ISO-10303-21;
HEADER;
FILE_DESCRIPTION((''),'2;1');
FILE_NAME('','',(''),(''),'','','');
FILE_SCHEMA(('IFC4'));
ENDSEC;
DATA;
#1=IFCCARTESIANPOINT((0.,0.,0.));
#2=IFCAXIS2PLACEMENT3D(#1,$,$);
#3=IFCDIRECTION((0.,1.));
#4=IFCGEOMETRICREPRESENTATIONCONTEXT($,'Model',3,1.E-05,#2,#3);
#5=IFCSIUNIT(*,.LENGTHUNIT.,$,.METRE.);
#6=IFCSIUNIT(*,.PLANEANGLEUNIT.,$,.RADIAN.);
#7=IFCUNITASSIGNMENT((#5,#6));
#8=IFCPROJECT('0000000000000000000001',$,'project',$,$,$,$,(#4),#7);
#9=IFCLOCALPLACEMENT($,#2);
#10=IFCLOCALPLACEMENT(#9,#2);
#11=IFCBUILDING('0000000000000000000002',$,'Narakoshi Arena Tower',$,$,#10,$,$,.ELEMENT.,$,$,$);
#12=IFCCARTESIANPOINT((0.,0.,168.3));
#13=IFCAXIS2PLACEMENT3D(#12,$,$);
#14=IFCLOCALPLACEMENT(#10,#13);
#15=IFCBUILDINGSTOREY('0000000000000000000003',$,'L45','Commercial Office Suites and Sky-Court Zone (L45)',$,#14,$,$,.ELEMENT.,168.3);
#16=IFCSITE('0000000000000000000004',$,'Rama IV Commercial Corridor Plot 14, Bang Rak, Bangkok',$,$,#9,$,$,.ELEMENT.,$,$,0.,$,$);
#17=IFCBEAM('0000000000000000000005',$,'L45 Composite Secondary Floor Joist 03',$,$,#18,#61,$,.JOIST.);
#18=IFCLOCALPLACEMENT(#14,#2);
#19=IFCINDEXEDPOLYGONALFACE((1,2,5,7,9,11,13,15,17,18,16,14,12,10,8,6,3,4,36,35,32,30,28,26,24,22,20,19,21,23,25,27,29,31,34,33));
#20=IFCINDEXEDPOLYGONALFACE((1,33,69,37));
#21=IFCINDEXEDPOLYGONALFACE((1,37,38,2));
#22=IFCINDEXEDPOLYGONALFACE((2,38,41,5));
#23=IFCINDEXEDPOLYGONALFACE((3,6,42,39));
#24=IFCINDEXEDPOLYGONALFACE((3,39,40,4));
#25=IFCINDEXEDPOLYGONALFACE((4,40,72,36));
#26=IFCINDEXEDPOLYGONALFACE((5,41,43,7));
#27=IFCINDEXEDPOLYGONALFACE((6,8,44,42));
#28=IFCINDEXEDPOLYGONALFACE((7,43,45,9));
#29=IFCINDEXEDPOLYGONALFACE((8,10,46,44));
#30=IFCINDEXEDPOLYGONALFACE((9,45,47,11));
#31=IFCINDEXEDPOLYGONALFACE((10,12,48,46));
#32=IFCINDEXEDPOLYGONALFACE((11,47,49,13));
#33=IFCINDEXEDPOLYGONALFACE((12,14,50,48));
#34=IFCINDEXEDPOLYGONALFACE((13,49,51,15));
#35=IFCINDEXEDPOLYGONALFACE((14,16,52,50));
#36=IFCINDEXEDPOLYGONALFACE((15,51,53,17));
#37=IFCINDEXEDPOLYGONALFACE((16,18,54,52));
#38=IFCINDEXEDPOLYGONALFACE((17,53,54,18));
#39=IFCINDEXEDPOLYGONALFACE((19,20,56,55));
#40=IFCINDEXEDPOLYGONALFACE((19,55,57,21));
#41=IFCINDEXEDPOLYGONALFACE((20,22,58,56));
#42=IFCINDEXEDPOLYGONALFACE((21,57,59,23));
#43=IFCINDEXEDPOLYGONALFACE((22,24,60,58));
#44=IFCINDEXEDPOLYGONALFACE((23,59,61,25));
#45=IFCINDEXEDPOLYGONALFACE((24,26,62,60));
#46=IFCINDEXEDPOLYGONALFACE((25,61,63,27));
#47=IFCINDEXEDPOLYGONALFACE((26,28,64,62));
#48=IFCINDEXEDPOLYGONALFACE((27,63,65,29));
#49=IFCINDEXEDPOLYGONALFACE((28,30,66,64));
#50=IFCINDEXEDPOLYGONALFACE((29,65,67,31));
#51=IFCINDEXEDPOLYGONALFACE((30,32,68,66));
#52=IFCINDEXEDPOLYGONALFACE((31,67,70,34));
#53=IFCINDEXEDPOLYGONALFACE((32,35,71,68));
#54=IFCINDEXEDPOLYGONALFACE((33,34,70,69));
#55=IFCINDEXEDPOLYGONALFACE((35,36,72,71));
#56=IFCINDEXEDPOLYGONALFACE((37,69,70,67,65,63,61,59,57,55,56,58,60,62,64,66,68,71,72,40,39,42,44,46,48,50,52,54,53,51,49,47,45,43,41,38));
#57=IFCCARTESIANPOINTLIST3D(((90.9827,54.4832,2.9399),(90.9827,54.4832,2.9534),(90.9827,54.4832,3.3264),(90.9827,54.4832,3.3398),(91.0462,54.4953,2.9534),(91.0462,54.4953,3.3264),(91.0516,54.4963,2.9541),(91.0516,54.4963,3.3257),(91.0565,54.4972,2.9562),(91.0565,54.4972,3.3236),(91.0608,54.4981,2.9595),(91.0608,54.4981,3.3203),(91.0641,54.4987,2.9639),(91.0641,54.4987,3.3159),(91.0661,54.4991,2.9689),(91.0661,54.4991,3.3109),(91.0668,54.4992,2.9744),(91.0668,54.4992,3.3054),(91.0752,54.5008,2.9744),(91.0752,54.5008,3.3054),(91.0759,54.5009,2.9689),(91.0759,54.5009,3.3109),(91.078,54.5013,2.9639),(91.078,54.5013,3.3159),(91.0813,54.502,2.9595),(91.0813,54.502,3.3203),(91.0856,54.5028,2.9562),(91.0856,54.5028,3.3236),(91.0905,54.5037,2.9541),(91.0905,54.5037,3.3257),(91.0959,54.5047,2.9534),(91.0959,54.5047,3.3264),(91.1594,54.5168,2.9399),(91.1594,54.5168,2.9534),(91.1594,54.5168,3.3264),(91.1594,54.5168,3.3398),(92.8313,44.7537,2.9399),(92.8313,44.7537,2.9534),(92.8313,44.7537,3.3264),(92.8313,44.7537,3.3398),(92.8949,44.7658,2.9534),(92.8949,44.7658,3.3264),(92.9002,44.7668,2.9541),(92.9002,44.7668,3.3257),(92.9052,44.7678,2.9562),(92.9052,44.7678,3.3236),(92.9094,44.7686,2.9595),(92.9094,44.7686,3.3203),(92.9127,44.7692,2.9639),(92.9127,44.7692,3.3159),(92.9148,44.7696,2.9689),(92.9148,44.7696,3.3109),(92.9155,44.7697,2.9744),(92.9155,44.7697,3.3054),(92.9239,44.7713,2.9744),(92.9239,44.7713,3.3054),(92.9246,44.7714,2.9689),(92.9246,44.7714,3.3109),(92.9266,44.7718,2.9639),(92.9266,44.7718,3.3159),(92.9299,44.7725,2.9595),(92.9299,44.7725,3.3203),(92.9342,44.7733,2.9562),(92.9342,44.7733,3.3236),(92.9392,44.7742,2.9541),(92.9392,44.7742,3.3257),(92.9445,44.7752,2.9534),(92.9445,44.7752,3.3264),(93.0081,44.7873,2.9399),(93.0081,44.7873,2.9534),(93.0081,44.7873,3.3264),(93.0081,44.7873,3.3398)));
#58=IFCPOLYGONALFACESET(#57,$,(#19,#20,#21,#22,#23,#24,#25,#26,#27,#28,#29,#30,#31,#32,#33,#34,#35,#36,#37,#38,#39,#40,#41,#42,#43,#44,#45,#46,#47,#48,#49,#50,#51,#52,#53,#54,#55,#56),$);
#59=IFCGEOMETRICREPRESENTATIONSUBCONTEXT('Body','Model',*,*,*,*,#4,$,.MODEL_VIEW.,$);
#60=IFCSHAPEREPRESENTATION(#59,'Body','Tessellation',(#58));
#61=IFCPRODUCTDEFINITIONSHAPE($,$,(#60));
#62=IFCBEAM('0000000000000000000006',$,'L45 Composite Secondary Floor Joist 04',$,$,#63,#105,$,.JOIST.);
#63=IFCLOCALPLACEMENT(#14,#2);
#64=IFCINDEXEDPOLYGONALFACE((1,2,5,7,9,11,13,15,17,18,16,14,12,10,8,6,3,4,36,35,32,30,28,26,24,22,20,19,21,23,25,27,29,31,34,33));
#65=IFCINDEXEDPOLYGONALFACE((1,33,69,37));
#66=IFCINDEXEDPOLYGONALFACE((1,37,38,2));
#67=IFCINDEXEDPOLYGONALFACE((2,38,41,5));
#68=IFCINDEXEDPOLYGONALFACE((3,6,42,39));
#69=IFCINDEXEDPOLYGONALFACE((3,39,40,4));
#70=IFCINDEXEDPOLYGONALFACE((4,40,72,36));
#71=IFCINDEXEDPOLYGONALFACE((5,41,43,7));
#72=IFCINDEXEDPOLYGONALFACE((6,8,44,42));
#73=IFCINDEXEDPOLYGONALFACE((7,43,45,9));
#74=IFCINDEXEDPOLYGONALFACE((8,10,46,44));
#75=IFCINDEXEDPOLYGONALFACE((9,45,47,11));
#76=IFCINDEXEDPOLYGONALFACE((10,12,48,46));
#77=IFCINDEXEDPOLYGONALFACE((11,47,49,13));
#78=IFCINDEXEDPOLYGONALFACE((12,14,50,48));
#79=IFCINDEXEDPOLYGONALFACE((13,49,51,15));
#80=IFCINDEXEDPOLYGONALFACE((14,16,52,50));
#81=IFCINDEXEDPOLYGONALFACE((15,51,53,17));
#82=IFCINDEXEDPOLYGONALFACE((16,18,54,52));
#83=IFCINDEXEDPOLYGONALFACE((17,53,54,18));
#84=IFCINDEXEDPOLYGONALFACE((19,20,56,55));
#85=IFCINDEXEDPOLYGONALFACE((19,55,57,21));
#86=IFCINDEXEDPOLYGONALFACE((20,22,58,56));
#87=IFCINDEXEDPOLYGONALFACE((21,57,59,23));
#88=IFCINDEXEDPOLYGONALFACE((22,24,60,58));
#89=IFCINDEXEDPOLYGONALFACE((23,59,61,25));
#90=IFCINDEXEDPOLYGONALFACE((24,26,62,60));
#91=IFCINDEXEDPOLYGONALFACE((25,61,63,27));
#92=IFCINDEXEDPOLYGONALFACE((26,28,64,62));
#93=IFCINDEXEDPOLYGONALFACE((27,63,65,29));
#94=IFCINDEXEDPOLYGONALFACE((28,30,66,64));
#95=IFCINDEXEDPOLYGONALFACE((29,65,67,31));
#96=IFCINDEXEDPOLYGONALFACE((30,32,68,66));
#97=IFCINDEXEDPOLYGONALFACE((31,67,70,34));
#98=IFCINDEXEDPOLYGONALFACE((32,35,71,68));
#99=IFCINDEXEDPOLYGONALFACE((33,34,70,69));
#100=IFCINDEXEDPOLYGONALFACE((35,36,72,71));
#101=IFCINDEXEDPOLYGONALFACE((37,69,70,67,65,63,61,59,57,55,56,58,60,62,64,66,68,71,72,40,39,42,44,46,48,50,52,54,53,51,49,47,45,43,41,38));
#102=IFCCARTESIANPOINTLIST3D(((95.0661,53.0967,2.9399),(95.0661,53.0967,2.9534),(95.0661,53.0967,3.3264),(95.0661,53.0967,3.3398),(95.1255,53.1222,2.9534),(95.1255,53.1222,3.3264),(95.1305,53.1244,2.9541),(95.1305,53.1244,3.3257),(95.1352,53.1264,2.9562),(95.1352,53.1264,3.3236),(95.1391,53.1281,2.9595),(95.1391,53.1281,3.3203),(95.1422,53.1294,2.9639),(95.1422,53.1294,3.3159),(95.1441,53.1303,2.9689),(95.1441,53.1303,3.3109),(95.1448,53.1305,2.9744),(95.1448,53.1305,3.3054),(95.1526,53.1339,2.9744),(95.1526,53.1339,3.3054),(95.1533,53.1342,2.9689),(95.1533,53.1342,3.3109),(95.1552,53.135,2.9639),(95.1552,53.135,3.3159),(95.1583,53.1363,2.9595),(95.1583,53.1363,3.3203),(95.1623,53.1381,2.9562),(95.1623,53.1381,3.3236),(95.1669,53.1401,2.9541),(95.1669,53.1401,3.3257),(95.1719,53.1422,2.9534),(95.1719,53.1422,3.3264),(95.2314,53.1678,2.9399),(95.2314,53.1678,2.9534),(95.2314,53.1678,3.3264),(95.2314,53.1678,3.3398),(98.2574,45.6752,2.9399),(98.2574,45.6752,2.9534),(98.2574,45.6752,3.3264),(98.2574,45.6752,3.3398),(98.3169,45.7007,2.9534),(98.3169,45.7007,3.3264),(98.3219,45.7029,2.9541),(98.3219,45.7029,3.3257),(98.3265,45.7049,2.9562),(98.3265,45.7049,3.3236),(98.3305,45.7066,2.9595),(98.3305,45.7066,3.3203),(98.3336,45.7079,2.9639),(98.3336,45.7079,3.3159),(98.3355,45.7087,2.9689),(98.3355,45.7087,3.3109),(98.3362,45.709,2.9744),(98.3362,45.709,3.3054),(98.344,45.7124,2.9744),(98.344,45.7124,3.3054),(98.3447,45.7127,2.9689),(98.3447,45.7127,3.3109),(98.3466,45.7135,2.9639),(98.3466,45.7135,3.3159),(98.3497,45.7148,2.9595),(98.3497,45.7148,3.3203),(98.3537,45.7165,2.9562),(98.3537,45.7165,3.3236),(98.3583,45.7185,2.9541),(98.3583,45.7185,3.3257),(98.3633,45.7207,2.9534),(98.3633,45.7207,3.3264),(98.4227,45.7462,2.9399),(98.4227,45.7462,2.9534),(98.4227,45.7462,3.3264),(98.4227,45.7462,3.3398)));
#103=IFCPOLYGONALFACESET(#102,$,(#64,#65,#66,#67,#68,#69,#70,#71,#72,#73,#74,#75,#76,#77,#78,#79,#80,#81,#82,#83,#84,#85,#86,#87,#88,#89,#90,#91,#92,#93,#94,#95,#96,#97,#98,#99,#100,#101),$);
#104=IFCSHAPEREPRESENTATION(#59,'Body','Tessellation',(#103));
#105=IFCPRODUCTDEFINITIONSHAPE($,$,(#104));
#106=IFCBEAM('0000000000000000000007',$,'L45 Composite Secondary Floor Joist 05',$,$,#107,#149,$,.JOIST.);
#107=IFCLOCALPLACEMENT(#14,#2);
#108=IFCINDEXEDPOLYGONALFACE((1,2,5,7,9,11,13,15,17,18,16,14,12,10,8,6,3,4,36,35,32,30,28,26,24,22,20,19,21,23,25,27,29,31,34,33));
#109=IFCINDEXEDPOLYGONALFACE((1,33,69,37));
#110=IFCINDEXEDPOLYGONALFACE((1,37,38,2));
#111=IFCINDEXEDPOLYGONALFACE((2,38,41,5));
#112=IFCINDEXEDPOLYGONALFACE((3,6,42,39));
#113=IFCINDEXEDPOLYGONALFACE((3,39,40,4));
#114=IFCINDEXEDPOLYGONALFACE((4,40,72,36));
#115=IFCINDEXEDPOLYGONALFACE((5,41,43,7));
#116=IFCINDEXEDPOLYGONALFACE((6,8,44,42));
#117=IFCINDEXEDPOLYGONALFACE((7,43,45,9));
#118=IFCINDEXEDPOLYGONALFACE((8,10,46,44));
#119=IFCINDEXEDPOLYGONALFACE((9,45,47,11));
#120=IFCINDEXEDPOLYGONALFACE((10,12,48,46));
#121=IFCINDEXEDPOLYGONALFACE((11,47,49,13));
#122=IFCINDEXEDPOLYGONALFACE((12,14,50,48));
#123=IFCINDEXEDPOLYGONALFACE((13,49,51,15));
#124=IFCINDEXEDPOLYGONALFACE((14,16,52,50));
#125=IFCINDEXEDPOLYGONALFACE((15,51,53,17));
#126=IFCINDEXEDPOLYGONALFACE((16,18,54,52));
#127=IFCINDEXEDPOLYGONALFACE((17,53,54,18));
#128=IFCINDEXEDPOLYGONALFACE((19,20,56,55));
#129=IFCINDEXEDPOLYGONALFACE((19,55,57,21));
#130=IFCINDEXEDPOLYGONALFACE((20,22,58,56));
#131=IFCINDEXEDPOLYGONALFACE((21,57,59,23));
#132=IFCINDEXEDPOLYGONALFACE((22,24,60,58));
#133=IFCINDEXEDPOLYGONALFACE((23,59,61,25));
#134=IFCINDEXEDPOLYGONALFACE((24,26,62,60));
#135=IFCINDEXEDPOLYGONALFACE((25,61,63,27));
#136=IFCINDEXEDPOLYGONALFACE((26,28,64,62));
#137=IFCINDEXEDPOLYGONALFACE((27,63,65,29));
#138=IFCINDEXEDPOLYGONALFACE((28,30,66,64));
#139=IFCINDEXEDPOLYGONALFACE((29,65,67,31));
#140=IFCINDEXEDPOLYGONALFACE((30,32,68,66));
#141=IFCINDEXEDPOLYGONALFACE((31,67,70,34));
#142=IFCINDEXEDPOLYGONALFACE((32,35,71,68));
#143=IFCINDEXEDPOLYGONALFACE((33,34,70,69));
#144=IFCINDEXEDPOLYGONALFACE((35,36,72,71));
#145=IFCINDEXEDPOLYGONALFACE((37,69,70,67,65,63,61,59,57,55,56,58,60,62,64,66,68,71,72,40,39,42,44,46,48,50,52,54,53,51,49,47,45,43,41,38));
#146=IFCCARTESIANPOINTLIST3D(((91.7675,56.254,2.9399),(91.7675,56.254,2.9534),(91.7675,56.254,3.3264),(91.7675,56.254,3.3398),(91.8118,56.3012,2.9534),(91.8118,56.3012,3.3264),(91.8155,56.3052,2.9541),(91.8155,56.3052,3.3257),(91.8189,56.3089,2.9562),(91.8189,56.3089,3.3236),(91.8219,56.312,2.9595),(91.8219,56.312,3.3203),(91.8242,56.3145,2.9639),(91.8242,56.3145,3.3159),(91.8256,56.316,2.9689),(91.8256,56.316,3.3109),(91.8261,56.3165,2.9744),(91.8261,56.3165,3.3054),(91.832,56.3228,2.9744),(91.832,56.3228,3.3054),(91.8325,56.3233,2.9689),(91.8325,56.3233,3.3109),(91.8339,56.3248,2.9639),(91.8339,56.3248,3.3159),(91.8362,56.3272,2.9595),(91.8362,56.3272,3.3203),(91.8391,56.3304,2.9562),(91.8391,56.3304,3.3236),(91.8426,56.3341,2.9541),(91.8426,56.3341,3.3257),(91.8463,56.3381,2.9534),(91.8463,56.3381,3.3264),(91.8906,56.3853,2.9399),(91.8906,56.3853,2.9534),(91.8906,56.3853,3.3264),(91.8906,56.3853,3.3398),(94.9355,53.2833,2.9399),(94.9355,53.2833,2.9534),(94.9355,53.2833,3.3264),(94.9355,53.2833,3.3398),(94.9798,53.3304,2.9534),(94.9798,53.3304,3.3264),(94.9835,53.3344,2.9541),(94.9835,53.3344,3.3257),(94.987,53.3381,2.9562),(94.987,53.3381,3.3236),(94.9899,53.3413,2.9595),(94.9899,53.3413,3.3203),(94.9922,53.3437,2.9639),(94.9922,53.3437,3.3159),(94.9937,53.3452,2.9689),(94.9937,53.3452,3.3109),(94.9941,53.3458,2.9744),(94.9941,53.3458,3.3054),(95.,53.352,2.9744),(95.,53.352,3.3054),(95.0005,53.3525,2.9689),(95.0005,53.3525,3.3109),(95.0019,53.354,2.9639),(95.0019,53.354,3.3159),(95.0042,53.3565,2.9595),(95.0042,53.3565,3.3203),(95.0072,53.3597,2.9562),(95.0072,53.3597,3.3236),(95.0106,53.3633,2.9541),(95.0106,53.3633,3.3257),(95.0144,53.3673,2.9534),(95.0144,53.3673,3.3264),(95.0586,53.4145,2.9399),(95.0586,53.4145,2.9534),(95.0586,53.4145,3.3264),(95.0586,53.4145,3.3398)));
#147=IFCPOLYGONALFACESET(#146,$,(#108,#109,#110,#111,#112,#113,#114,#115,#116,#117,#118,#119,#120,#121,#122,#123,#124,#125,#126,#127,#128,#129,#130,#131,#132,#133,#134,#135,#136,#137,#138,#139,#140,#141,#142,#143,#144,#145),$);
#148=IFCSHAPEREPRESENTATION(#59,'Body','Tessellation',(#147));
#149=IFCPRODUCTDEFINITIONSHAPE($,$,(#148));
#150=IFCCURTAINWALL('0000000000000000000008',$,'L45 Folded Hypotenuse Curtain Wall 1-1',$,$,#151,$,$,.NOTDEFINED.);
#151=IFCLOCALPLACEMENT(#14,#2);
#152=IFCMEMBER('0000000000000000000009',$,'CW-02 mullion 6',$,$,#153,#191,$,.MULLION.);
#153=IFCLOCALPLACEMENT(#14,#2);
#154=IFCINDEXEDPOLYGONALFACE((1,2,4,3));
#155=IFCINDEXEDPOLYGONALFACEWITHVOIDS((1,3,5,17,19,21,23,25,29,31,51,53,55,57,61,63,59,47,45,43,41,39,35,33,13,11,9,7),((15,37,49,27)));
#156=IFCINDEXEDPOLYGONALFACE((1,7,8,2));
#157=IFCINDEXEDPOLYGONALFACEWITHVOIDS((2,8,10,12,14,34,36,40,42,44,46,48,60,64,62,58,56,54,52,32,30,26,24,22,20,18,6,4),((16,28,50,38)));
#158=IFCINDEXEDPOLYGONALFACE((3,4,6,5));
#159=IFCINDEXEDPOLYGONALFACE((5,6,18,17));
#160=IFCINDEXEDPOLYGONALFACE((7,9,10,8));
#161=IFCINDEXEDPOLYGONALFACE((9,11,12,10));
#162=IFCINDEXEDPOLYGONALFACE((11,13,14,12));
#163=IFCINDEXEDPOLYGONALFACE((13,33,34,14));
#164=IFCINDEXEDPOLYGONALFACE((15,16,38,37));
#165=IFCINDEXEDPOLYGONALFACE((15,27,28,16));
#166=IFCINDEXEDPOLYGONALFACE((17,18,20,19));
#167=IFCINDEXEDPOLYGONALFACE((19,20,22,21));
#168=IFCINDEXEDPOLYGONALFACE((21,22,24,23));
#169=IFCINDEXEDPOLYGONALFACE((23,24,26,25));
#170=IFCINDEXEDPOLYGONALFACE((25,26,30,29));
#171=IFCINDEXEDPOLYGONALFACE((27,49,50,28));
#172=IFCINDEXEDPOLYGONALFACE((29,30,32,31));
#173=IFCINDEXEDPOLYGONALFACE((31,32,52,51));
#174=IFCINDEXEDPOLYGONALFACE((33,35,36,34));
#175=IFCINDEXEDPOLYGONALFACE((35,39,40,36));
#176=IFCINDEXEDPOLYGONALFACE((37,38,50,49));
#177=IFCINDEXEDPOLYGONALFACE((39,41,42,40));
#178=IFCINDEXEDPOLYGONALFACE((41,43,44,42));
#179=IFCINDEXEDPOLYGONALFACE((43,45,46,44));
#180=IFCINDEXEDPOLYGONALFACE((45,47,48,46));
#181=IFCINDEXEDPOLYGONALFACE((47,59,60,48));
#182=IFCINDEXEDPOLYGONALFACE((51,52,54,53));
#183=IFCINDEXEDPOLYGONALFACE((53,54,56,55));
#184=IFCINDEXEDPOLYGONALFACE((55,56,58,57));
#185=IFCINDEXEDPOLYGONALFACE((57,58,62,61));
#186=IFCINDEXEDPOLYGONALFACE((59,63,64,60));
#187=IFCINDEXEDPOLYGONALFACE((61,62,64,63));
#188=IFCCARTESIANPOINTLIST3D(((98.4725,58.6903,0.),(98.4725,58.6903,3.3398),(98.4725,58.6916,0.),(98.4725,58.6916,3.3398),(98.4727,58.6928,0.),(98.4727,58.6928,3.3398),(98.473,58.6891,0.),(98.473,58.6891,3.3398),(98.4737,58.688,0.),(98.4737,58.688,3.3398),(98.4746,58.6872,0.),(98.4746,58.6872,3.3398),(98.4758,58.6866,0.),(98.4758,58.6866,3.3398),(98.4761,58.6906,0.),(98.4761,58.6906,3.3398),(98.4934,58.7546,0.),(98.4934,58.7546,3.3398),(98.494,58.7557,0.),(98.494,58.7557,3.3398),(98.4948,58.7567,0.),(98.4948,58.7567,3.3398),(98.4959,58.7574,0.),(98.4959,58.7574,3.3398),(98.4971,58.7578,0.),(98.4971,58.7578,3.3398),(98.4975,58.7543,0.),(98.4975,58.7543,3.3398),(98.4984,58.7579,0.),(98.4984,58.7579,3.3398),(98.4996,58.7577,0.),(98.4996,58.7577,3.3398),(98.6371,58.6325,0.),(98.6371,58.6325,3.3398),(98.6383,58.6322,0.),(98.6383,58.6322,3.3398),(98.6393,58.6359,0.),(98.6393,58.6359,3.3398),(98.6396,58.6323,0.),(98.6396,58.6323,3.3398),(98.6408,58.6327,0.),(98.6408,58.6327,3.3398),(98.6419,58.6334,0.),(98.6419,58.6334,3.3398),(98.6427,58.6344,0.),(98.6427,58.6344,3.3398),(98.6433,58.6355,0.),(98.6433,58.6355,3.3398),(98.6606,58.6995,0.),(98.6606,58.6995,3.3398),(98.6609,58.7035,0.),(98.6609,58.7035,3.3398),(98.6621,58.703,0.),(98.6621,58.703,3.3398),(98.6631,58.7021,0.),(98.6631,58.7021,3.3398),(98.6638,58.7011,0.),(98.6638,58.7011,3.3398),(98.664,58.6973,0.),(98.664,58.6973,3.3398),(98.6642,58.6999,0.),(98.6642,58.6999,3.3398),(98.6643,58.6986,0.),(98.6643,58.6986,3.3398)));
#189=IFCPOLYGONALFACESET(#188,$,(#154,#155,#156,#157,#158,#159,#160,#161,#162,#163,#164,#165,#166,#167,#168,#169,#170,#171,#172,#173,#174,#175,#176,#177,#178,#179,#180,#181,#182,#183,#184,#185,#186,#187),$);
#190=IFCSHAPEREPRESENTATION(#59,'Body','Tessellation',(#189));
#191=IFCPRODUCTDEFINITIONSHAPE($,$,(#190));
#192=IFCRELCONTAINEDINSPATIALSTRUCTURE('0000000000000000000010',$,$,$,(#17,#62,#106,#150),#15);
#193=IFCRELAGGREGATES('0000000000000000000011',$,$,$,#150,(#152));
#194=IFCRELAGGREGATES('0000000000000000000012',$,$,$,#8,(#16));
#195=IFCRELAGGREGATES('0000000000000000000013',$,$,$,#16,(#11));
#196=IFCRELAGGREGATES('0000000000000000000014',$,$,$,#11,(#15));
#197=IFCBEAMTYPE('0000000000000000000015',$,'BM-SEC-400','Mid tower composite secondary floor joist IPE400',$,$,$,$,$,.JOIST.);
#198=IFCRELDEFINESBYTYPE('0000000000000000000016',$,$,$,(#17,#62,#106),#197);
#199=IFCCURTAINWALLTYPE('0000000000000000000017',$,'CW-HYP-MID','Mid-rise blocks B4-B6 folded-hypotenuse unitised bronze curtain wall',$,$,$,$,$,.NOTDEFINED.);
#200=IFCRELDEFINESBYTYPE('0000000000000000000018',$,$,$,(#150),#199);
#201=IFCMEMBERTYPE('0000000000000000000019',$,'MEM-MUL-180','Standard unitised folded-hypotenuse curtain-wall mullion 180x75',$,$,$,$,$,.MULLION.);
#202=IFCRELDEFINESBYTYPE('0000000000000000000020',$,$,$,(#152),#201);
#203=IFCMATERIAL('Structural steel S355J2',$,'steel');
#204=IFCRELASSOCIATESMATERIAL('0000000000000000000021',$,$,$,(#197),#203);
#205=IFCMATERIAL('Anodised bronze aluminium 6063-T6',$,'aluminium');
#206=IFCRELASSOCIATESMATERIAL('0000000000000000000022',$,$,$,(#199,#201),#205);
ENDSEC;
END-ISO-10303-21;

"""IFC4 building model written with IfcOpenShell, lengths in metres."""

from ifc_helpers import new_model, si_unit, direction, frame, origin, origin_2d, place, context, subcontext, project, spatial, hollow_rectangle, i_section, extrude, material, material_profile, profile_set, type_object, element, aggregate, save


model = new_model("IFC4")

# Units and contexts
model_context = context("Model", 3, precision=1e-05, world=origin(), true_north=direction((0.0, 1.0)))
body_context = subcontext(model_context, "Body", "Model", "MODEL_VIEW")
ifc_project = project(units=[si_unit("LENGTHUNIT", "METRE"), si_unit("PLANEANGLEUNIT", "RADIAN")], contexts=[model_context])

# Site, building, storey
site_placement = place(None, origin())
site = spatial("IfcSite", under=ifc_project, at=site_placement, Name="Rama IV Commercial Corridor Plot 14, Bang Rak, Bangkok", CompositionType="ELEMENT", RefElevation=0.0)
building_placement = place(site_placement, origin())
building = spatial("IfcBuilding", under=site, at=building_placement, Name="Narakoshi Arena Tower", CompositionType="ELEMENT")
storey_placement = place(building_placement, frame((0.0, 0.0, 168.3)))
storey = spatial("IfcBuildingStorey", under=building, at=storey_placement, Name="L45", Description="Commercial Office Suites and Sky-Court Zone (L45)", CompositionType="ELEMENT", Elevation=168.3)

# Beams
ifc_material_1 = material(Name="Structural steel S355J2", Category="steel")
ifc_material_profile_1 = material_profile(ifc_material_1, i_section(OverallWidth=0.1799, OverallDepth=0.3999, WebThickness=0.0085, FlangeThickness=0.0134, FilletRadius=0.021, at=origin_2d()), Name="IPE400")
ifc_profile_set_1 = profile_set([ifc_material_profile_1], Name="Structural steel S355J2")
beam_type_1 = type_object("IfcBeamType", Name="BM-SEC-400", Description="Mid tower composite secondary floor joist IPE400", PredefinedType="JOIST", material=ifc_profile_set_1)
beam_1_placement = place(storey_placement, frame((92.9197, 44.7705, 3.1399), z_axis=(-0.186664, 0.982424, 0.0), x_axis=(-0.982424, -0.186664, 0.0)))
element("IfcBeam", 1, at=beam_1_placement, inside=storey, type_object=beam_type_1, Name="L45 Composite Secondary Floor Joist 03", PredefinedType="JOIST", context=body_context, shape_type="SweptSolid", body=[
    extrude(i_section(OverallWidth=0.1799, OverallDepth=0.3999, WebThickness=0.0085, FlangeThickness=0.0134, FilletRadius=0.021, at=origin_2d()), origin(), (0.0, 0.0, 1.0), 9.9036),
])
beam_2_placement = place(storey_placement, frame((98.3401, 45.7107, 3.1399), z_axis=(-0.395039, 0.918664, 0.0), x_axis=(-0.918664, -0.395039, 0.0)))
element("IfcBeam", 2, at=beam_2_placement, inside=storey, type_object=beam_type_1, Name="L45 Composite Secondary Floor Joist 04", PredefinedType="JOIST", context=body_context, shape_type="SweptSolid", body=[
    extrude(i_section(OverallWidth=0.1799, OverallDepth=0.3999, WebThickness=0.0085, FlangeThickness=0.0134, FilletRadius=0.021, at=origin_2d()), origin(), (0.0, 0.0, 1.0), 8.0786),
])
beam_3_placement = place(storey_placement, frame((94.9971, 53.3489, 3.1399), z_axis=(-0.729453, 0.684031, 0.0), x_axis=(-0.684031, -0.729453, 0.0)))
element("IfcBeam", 3, at=beam_3_placement, inside=storey, type_object=beam_type_1, Name="L45 Composite Secondary Floor Joist 05", PredefinedType="JOIST", context=body_context, shape_type="SweptSolid", body=[
    extrude(i_section(OverallWidth=0.1799, OverallDepth=0.3999, WebThickness=0.0085, FlangeThickness=0.0134, FilletRadius=0.021, at=origin_2d()), origin(), (0.0, 0.0, 1.0), 4.343),
])

# Curtain wall, member
ifc_material_2 = material(Name="Anodised bronze aluminium 6063-T6", Category="aluminium")
curtain_wall_type = type_object("IfcCurtainWallType", Name="CW-HYP-MID", Description="Mid-rise blocks B4-B6 folded-hypotenuse unitised bronze curtain wall", PredefinedType="NOTDEFINED", material=ifc_material_2)
curtain_wall_placement = place(storey_placement, origin())
curtain_wall = element("IfcCurtainWall", 4, at=curtain_wall_placement, inside=storey, type_object=curtain_wall_type, Name="L45 Folded Hypotenuse Curtain Wall 1-1", PredefinedType="NOTDEFINED")
ifc_material_profile_2 = material_profile(ifc_material_2, hollow_rectangle(XDim=0.075, YDim=0.1799, WallThickness=0.0039, OuterFilletRadius=0.0049, at=origin_2d()), Name="MUL180x75x4")
ifc_profile_set_2 = profile_set([ifc_material_profile_2], Name="Anodised bronze aluminium 6063-T6")
member_type_1 = type_object("IfcMemberType", Name="MEM-MUL-180", Description="Standard unitised folded-hypotenuse curtain-wall mullion 180x75", PredefinedType="MULLION", material=ifc_profile_set_2)
member_1_placement = place(storey_placement, frame((98.5684, 58.6951, 0.0), z_axis=(0.0, 0.0, 1.0), x_axis=(-0.318261, -0.948003, 0.0)))
member_1 = element("IfcMember", 5, at=member_1_placement, type_object=member_type_1, Name="CW-02 mullion 6", PredefinedType="MULLION", context=body_context, shape_type="SweptSolid", body=[
    extrude(hollow_rectangle(XDim=0.075, YDim=0.1799, WallThickness=0.0039, OuterFilletRadius=0.0049, at=origin_2d()), origin(), (0.0, 0.0, 1.0), 3.3398),
])
aggregate(curtain_wall, [member_1])

save(model, "model.ifc")
